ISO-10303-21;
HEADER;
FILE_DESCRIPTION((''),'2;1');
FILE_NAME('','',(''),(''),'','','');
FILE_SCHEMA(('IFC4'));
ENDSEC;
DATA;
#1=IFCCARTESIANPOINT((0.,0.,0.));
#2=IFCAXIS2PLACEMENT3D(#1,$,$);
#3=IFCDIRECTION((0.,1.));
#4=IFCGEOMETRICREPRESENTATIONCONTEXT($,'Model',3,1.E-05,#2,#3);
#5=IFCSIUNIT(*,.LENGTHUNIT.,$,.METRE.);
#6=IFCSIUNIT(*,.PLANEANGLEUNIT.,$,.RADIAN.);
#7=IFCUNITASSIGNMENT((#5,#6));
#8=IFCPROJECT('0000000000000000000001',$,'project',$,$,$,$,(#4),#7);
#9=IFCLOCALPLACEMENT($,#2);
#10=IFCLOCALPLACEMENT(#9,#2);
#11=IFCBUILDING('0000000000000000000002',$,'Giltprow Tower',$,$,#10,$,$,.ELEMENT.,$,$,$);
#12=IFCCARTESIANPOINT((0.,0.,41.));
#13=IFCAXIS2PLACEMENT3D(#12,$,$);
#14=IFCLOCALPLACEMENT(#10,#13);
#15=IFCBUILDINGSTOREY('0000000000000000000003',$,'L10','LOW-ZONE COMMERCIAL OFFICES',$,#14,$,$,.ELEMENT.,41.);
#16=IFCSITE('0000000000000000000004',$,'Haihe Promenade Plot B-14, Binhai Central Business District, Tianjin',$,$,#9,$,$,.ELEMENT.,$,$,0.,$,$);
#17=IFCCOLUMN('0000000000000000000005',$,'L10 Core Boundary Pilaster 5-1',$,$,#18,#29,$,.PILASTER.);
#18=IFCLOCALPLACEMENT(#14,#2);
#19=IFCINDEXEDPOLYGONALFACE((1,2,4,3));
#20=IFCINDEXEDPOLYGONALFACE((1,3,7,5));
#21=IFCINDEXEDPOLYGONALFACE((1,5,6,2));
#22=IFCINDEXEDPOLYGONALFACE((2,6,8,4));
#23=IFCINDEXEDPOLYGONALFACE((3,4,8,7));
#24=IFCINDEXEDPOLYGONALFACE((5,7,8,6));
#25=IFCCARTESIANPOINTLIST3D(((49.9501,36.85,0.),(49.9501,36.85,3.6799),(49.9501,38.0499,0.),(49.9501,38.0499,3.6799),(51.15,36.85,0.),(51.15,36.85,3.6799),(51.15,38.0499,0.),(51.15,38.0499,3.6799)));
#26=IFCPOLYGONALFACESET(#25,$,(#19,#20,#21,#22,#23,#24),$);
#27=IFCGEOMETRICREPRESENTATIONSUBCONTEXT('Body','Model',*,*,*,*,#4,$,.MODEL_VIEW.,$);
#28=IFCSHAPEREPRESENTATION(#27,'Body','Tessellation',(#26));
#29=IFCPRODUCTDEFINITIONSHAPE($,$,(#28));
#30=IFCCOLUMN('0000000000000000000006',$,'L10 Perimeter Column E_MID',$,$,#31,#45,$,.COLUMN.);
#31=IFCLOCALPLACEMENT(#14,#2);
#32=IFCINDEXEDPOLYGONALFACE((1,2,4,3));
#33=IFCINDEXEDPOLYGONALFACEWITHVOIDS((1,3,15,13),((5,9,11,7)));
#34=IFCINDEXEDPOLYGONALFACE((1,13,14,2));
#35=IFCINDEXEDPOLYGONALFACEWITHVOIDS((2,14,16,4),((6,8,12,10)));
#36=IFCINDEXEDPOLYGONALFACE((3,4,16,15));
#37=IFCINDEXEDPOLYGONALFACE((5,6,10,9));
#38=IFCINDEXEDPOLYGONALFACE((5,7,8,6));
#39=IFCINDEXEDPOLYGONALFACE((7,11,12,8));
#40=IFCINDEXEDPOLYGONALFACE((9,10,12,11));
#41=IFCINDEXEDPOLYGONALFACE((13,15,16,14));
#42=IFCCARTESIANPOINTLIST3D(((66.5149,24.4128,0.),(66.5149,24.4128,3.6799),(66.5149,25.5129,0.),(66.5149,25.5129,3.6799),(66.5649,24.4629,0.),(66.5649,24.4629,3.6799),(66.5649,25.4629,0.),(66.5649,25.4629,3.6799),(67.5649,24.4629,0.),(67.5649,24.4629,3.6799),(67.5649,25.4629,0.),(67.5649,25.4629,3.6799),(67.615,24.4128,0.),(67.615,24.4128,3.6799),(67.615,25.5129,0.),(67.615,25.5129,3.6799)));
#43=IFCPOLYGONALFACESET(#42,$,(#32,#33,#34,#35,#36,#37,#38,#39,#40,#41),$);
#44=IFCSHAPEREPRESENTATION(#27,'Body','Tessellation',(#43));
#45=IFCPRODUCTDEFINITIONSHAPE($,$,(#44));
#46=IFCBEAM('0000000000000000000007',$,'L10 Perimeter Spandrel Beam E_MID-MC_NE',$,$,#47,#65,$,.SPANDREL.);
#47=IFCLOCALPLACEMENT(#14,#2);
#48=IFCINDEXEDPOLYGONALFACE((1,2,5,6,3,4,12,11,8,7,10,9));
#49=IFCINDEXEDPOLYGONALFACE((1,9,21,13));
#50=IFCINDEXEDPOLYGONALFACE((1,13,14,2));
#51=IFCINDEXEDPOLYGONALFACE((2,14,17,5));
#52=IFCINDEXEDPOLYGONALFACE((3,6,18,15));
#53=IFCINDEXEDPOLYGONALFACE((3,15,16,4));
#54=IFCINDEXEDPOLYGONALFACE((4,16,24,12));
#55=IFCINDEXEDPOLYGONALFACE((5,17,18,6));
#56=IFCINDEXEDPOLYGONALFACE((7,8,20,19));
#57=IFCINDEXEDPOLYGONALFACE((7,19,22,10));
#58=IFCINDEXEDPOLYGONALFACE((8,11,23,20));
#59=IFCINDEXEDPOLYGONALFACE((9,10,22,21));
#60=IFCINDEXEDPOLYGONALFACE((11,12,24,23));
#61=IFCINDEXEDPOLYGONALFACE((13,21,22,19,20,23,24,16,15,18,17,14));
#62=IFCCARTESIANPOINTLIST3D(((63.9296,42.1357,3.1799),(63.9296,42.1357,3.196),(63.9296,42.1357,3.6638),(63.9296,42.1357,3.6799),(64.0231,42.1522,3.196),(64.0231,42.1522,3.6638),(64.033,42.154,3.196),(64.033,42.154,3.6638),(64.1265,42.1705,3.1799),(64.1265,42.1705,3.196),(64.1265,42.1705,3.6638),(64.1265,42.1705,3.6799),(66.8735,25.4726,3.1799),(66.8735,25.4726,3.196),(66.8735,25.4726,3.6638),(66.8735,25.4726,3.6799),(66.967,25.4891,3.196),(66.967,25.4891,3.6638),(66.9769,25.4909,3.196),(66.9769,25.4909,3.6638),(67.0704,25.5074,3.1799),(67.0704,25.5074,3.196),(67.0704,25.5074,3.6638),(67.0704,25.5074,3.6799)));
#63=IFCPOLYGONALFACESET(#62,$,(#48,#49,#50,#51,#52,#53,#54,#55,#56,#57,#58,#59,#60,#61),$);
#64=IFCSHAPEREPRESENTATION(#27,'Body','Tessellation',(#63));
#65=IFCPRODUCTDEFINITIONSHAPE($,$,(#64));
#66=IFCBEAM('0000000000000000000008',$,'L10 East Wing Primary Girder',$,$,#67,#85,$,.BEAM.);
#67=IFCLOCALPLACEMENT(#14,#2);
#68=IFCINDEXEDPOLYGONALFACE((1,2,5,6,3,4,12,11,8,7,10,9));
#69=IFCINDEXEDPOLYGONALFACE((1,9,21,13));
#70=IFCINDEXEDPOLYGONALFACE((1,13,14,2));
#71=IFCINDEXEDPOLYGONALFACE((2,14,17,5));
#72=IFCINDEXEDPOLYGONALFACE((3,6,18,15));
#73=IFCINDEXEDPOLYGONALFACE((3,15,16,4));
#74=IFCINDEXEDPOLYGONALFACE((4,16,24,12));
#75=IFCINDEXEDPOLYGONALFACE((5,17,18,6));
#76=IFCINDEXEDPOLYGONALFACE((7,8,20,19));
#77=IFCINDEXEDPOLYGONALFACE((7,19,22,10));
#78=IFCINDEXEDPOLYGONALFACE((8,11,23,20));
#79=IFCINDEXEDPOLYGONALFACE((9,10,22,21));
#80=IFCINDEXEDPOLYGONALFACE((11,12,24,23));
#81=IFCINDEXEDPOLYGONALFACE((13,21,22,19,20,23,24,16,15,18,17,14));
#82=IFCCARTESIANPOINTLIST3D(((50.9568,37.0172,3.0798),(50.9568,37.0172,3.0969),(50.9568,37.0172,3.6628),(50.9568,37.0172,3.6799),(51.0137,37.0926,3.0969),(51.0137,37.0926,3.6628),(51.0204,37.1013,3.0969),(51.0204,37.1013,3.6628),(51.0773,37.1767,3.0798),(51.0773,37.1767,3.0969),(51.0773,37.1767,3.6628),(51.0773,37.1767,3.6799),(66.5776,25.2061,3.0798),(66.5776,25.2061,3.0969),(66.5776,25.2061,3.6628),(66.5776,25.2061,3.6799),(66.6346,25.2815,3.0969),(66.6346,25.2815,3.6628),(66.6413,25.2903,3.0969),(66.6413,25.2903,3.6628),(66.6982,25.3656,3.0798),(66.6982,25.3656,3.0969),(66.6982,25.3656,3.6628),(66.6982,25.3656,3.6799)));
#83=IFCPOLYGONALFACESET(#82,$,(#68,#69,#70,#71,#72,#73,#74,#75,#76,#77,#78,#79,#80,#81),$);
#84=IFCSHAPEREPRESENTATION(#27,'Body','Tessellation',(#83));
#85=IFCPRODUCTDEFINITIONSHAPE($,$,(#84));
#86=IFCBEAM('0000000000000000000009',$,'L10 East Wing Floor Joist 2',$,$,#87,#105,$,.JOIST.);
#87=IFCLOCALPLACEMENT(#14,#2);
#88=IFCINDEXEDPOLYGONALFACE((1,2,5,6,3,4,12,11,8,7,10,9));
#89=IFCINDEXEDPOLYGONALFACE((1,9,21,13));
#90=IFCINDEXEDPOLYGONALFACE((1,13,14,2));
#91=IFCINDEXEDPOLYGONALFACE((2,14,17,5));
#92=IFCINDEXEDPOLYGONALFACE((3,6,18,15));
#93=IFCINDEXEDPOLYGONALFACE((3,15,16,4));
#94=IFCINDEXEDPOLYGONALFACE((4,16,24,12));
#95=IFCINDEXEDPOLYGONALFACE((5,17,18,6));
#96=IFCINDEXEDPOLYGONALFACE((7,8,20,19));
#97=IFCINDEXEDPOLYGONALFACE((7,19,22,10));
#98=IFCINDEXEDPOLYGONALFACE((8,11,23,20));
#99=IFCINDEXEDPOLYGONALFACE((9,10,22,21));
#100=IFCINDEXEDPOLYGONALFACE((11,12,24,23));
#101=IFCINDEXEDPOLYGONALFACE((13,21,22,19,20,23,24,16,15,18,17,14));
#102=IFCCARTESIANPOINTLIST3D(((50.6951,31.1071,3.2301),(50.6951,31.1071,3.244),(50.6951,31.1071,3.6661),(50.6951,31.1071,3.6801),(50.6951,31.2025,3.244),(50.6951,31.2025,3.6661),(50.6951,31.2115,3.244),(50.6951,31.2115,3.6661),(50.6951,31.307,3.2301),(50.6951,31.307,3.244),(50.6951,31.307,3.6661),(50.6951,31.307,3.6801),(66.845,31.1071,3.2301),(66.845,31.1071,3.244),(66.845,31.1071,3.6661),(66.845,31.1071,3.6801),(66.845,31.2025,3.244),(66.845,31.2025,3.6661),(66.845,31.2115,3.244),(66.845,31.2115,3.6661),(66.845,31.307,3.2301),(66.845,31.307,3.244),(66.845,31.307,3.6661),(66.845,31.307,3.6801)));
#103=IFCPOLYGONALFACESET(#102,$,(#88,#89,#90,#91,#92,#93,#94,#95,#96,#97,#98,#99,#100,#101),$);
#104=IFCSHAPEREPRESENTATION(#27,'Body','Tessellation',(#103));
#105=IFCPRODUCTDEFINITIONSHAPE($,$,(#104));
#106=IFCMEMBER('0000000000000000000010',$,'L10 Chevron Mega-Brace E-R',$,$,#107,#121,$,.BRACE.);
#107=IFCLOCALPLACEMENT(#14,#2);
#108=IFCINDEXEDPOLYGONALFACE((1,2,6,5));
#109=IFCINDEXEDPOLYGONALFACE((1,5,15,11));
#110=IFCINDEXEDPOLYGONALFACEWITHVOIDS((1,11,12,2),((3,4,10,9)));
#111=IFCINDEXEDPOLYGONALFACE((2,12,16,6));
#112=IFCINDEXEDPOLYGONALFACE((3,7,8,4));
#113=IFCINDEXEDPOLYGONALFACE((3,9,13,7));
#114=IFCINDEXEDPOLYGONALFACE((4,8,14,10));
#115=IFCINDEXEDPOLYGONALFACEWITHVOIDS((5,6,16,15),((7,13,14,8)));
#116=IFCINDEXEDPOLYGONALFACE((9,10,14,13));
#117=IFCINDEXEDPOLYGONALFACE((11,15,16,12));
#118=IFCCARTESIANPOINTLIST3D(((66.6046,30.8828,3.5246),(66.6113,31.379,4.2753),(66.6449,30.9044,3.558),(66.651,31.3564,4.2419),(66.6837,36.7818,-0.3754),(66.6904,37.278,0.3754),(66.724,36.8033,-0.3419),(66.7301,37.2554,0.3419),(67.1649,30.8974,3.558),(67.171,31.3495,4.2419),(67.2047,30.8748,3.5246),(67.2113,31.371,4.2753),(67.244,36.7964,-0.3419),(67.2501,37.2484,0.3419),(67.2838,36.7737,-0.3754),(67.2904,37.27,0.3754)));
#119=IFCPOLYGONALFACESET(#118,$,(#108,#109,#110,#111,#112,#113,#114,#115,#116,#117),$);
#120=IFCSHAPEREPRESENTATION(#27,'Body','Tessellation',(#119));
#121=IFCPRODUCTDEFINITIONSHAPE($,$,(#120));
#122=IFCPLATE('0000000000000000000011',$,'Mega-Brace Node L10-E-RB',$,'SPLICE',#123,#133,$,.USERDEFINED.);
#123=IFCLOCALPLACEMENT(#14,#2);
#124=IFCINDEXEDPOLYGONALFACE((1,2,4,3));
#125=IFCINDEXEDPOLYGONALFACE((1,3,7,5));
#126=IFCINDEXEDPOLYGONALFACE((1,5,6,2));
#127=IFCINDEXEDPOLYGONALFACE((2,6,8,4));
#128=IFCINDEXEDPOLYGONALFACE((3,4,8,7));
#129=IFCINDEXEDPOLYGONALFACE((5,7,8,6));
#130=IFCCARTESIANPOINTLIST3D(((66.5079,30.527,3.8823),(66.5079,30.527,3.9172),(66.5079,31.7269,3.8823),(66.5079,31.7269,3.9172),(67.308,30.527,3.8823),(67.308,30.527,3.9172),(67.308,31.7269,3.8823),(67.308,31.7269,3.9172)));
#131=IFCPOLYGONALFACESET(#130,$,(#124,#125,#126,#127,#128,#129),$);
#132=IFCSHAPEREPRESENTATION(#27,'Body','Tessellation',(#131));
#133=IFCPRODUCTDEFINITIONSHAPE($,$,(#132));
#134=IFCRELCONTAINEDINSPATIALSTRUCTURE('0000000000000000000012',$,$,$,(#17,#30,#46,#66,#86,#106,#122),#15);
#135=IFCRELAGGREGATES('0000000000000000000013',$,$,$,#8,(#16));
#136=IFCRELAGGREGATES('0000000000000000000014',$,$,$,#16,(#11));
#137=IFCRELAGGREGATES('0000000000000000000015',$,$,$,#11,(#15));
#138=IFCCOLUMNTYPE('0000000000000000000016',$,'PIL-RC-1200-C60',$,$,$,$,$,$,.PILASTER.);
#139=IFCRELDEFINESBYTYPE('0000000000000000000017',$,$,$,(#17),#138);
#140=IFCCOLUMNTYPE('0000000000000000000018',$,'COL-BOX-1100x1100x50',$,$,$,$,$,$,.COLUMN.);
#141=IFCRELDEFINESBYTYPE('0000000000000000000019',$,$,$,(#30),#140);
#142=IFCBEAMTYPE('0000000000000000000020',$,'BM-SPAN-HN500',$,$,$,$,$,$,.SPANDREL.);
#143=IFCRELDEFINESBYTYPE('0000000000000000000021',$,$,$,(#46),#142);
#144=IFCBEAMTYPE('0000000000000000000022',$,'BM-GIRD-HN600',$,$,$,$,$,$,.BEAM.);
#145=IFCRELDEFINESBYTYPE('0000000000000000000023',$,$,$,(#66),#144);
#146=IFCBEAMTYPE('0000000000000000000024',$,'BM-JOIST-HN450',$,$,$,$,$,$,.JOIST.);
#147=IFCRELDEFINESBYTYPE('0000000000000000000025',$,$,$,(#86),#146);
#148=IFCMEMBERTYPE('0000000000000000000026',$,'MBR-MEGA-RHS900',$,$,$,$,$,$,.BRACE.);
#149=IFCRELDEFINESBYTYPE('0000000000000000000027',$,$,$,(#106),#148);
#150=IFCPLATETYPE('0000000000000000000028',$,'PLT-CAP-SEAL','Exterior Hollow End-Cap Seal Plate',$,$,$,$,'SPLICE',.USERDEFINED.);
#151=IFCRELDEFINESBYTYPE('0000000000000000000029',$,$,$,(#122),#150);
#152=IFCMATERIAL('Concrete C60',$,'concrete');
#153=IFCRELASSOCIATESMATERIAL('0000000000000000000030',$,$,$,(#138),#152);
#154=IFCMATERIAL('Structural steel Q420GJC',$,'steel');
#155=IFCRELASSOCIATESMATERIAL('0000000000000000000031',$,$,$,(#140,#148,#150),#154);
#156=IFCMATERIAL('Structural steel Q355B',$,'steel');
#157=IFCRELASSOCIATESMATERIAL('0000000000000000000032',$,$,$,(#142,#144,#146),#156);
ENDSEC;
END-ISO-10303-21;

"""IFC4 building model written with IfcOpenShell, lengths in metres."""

from ifc_helpers import new_model, si_unit, direction, frame, origin, origin_2d, place, context, subcontext, project, spatial, rectangle, hollow_rectangle, i_section, extrude, source, transform, mapped, material, material_profile, profile_set, type_object, element, save


model = new_model("IFC4")

# Units and contexts
model_context = context("Model", 3, precision=1e-05, world=origin(), true_north=direction((0.0, 1.0)))
body_context = subcontext(model_context, "Body", "Model", "MODEL_VIEW")
ifc_project = project(units=[si_unit("LENGTHUNIT", "METRE"), si_unit("PLANEANGLEUNIT", "RADIAN")], contexts=[model_context])

# Site, building, storey
site_placement = place(None, origin())
site = spatial("IfcSite", under=ifc_project, at=site_placement, Name="Haihe Promenade Plot B-14, Binhai Central Business District, Tianjin", CompositionType="ELEMENT", RefElevation=0.0)
building_placement = place(site_placement, origin())
building = spatial("IfcBuilding", under=site, at=building_placement, Name="Giltprow Tower", CompositionType="ELEMENT")
storey_placement = place(building_placement, frame((0.0, 0.0, 41.0)))
storey = spatial("IfcBuildingStorey", under=building, at=storey_placement, Name="L10", Description="LOW-ZONE COMMERCIAL OFFICES", CompositionType="ELEMENT", Elevation=41.0)

# Columns
ifc_material_1 = material(Name="Concrete C60", Category="concrete")
ifc_material_profile_1 = material_profile(ifc_material_1, rectangle(XDim=1.2, YDim=1.2, at=origin_2d()), Name="RC 1200x1200")
ifc_profile_set_1 = profile_set([ifc_material_profile_1], Name="Concrete C60")
column_type_1 = type_object("IfcColumnType", Name="PIL-RC-1200-C60", PredefinedType="PILASTER", material=ifc_profile_set_1)
shared_shape_1 = source(origin(), body_context, "Body", "SweptSolid", [
    extrude(rectangle(XDim=1.2, YDim=1.2, at=origin_2d()), origin(), (0.0, 0.0, 1.0), 3.6799),
])
column_1_placement = place(storey_placement, frame((50.55, 37.45, 0.0), z_axis=(0.0, 0.0, 1.0), x_axis=(1.0, 0.0, 0.0)))
element("IfcColumn", 1, at=column_1_placement, inside=storey, type_object=column_type_1, Name="L10 Core Boundary Pilaster 5-1", PredefinedType="PILASTER", context=body_context, shape_type="MappedRepresentation", body=[
    mapped(shared_shape_1, transform((0.0, 0.0, 0.0), x_axis=(1.0, 0.0, 0.0), y_axis=(0.0, 1.0, 0.0), z_axis=(0.0, 0.0, 1.0), scale=1.0)),
])
ifc_material_2 = material(Name="Structural steel Q420GJC", Category="steel")
ifc_material_profile_2 = material_profile(ifc_material_2, hollow_rectangle(XDim=1.1001, YDim=1.1001, WallThickness=0.05, at=origin_2d()), Name="BOX 1100x1100x50")
ifc_profile_set_2 = profile_set([ifc_material_profile_2], Name="Structural steel Q420GJC")
column_type_2 = type_object("IfcColumnType", Name="COL-BOX-1100x1100x50", PredefinedType="COLUMN", material=ifc_profile_set_2)
shared_shape_2 = source(origin(), body_context, "Body", "SweptSolid", [
    extrude(hollow_rectangle(XDim=1.1001, YDim=1.1001, WallThickness=0.05, at=origin_2d()), origin(), (0.0, 0.0, 1.0), 3.6799),
])
column_2_placement = place(storey_placement, frame((67.0649, 24.9629, 0.0), z_axis=(0.0, 0.0, 1.0), x_axis=(1.0, 0.0, 0.0)))
element("IfcColumn", 2, at=column_2_placement, inside=storey, type_object=column_type_2, Name="L10 Perimeter Column E_MID", PredefinedType="COLUMN", context=body_context, shape_type="MappedRepresentation", body=[
    mapped(shared_shape_2, transform((0.0, 0.0, 0.0), x_axis=(1.0, 0.0, 0.0), y_axis=(0.0, 1.0, 0.0), z_axis=(0.0, 0.0, 1.0), scale=1.0)),
])

# Beams
ifc_material_3 = material(Name="Structural steel Q355B", Category="steel")
ifc_material_profile_3 = material_profile(ifc_material_3, i_section(OverallWidth=0.2, OverallDepth=0.5, WebThickness=0.01, FlangeThickness=0.0161, at=origin_2d()), Name="HN 500x200x10x16")
ifc_profile_set_3 = profile_set([ifc_material_profile_3], Name="Structural steel Q355B")
beam_type_1 = type_object("IfcBeamType", Name="BM-SPAN-HN500", PredefinedType="SPANDREL", material=ifc_profile_set_3)
shared_shape_3 = source(origin(), body_context, "Body", "SweptSolid", [
    extrude(i_section(OverallWidth=0.2, OverallDepth=0.5, WebThickness=0.01, FlangeThickness=0.0161, at=origin_2d()), origin(), (0.0, 0.0, 1.0), 16.9211),
])
beam_1_placement = place(storey_placement, frame((66.9719, 25.49, 3.4299), z_axis=(-0.173975, 0.98475, 0.0), x_axis=(-0.98475, -0.173975, 0.0)))
element("IfcBeam", 3, at=beam_1_placement, inside=storey, type_object=beam_type_1, Name="L10 Perimeter Spandrel Beam E_MID-MC_NE", PredefinedType="SPANDREL", context=body_context, shape_type="MappedRepresentation", body=[
    mapped(shared_shape_3, transform((0.0, 0.0, 0.0), x_axis=(1.0, 0.0, 0.0), y_axis=(0.0, 1.0, 0.0), z_axis=(0.0, 0.0, 1.0), scale=1.0)),
])
ifc_material_profile_4 = material_profile(ifc_material_3, i_section(OverallWidth=0.2, OverallDepth=0.6001, WebThickness=0.011, FlangeThickness=0.0171, at=origin_2d()), Name="HN 600x200x11x17")
ifc_profile_set_4 = profile_set([ifc_material_profile_4], Name="Structural steel Q355B")
beam_type_2 = type_object("IfcBeamType", Name="BM-GIRD-HN600", PredefinedType="BEAM", material=ifc_profile_set_4)
shared_shape_4 = source(origin(), body_context, "Body", "SweptSolid", [
    extrude(i_section(OverallWidth=0.2, OverallDepth=0.6001, WebThickness=0.011, FlangeThickness=0.0171, at=origin_2d()), origin(), (0.0, 0.0, 1.0), 19.5835),
])
beam_2_placement = place(storey_placement, frame((66.6379, 25.2859, 3.3799), z_axis=(-0.797656, 0.603113, 0.0), x_axis=(-0.603113, -0.797656, 0.0)))
element("IfcBeam", 4, at=beam_2_placement, inside=storey, type_object=beam_type_2, Name="L10 East Wing Primary Girder", PredefinedType="BEAM", context=body_context, shape_type="MappedRepresentation", body=[
    mapped(shared_shape_4, transform((0.0, 0.0, 0.0), x_axis=(1.0, 0.0, 0.0), y_axis=(0.0, 1.0, 0.0), z_axis=(0.0, 0.0, 1.0), scale=1.0)),
])
ifc_material_profile_5 = material_profile(ifc_material_3, i_section(OverallWidth=0.2, OverallDepth=0.45, WebThickness=0.009, FlangeThickness=0.0139, at=origin_2d()), Name="HN 450x200x9x14")
ifc_profile_set_5 = profile_set([ifc_material_profile_5], Name="Structural steel Q355B")
beam_type_3 = type_object("IfcBeamType", Name="BM-JOIST-HN450", PredefinedType="JOIST", material=ifc_profile_set_5)
shared_shape_5 = source(origin(), body_context, "Body", "SweptSolid", [
    extrude(i_section(OverallWidth=0.2, OverallDepth=0.45, WebThickness=0.009, FlangeThickness=0.0139, at=origin_2d()), origin(), (0.0, 0.0, 1.0), 16.1499),
])
beam_3_placement = place(storey_placement, frame((50.6951, 31.207, 3.4551), z_axis=(1.0, 0.0, 0.0), x_axis=(0.0, 1.0, 0.0)))
element("IfcBeam", 5, at=beam_3_placement, inside=storey, type_object=beam_type_3, Name="L10 East Wing Floor Joist 2", PredefinedType="JOIST", context=body_context, shape_type="MappedRepresentation", body=[
    mapped(shared_shape_5, transform((0.0, 0.0, 0.0), x_axis=(1.0, 0.0, 0.0), y_axis=(0.0, 1.0, 0.0), z_axis=(0.0, 0.0, 1.0), scale=1.0)),
])

# Member
ifc_material_profile_6 = material_profile(ifc_material_2, hollow_rectangle(XDim=0.6001, YDim=0.8999, WallThickness=0.04, at=origin_2d()), Name="RHS 900x600x40")
ifc_profile_set_6 = profile_set([ifc_material_profile_6], Name="Structural steel Q420GJC")
member_type = type_object("IfcMemberType", Name="MBR-MEGA-RHS900", PredefinedType="BRACE", material=ifc_profile_set_6)
shared_shape_6 = source(origin(), body_context, "Body", "SweptSolid", [
    extrude(hollow_rectangle(XDim=0.6001, YDim=0.8999, WallThickness=0.04, at=origin_2d()), origin(), (0.0, 0.0, 1.0), 7.072),
])
member_placement = place(storey_placement, frame((66.9871, 37.0259, 0.0), z_axis=(-0.011185, -0.834127, 0.551459), x_axis=(0.99991, -0.013408, 0.0)))
element("IfcMember", 6, at=member_placement, inside=storey, type_object=member_type, Name="L10 Chevron Mega-Brace E-R", PredefinedType="BRACE", context=body_context, shape_type="MappedRepresentation", body=[
    mapped(shared_shape_6, transform((0.0, 0.0, 0.0), x_axis=(1.0, 0.0, 0.0), y_axis=(0.0, 1.0, 0.0), z_axis=(0.0, 0.0, 1.0), scale=1.0)),
])

# Plate
plate_type = type_object("IfcPlateType", Name="PLT-CAP-SEAL", Description="Exterior Hollow End-Cap Seal Plate", ElementType="SPLICE", PredefinedType="USERDEFINED", material=ifc_material_2)
shared_shape_7 = source(origin(), body_context, "Body", "SweptSolid", [
    extrude(rectangle(XDim=1.2, YDim=0.8, at=origin_2d()), origin(), (0.0, 0.0, 1.0), 0.0349),
])
plate_placement = place(storey_placement, frame((66.908, 31.127, 3.8823), z_axis=(0.0, 0.0, 1.0), x_axis=(0.0, 1.0, 0.0)))
element("IfcPlate", 7, at=plate_placement, inside=storey, type_object=plate_type, Name="Mega-Brace Node L10-E-RB", ObjectType="SPLICE", PredefinedType="USERDEFINED", context=body_context, shape_type="MappedRepresentation", body=[
    mapped(shared_shape_7, transform((0.0, 0.0, 0.0), x_axis=(1.0, 0.0, 0.0), y_axis=(0.0, 1.0, 0.0), z_axis=(0.0, 0.0, 1.0), scale=1.0)),
])

save(model, "model.ifc")
